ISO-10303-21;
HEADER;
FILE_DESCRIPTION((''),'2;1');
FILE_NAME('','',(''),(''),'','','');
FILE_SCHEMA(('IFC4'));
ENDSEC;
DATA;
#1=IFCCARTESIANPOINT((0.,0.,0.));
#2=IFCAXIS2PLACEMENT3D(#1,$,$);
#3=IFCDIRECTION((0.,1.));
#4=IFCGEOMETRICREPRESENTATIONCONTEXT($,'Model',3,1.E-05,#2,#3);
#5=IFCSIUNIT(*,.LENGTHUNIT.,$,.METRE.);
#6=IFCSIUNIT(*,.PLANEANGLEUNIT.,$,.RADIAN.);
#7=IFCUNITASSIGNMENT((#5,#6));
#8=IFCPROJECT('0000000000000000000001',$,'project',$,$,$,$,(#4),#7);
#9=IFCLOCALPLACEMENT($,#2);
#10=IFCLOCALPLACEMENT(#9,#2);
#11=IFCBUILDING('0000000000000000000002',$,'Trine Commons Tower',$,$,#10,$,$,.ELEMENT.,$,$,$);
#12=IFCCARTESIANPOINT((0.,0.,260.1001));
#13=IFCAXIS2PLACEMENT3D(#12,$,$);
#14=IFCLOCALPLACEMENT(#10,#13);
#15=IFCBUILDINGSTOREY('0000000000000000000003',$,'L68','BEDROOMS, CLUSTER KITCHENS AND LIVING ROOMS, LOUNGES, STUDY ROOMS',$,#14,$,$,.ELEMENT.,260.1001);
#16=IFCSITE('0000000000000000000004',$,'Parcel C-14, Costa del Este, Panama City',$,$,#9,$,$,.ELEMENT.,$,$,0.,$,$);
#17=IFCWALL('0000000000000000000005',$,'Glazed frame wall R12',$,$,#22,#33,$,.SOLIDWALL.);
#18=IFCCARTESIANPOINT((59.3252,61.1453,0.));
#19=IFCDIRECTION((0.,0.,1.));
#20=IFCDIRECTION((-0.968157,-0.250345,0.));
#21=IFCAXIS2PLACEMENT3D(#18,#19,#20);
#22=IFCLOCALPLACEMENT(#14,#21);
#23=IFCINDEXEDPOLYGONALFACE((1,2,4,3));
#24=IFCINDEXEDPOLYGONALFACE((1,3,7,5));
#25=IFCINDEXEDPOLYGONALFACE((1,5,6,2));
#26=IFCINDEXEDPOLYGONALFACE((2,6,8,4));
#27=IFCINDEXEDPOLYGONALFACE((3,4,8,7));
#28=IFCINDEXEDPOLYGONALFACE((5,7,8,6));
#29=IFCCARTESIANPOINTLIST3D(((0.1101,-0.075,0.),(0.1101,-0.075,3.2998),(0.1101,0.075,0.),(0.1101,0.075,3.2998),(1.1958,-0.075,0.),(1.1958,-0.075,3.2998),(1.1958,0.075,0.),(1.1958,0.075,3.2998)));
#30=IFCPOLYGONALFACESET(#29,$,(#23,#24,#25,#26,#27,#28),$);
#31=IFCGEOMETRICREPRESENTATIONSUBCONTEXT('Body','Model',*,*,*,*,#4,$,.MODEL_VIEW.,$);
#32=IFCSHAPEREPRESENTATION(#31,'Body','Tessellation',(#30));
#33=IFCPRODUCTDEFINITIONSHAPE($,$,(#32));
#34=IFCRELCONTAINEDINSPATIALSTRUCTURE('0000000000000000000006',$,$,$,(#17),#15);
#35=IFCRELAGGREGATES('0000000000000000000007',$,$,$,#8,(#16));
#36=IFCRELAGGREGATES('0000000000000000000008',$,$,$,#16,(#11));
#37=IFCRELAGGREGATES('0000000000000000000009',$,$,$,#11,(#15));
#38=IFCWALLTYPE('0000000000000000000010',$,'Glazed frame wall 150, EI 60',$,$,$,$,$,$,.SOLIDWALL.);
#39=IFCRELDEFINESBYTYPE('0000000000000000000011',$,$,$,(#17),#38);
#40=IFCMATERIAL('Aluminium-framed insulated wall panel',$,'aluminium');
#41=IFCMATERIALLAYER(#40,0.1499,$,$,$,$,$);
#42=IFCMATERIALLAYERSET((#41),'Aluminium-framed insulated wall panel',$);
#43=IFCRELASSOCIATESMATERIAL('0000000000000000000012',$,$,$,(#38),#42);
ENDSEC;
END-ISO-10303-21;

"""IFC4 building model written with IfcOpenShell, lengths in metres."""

from ifc_helpers import new_model, si_unit, direction, frame, origin, place, context, subcontext, project, spatial, polyline, outline, extrude, material, layer, layer_set, type_object, element, save


model = new_model("IFC4")

# Units and contexts
model_context = context("Model", 3, precision=1e-05, world=origin(), true_north=direction((0.0, 1.0)))
body_context = subcontext(model_context, "Body", "Model", "MODEL_VIEW")
ifc_project = project(units=[si_unit("LENGTHUNIT", "METRE"), si_unit("PLANEANGLEUNIT", "RADIAN")], contexts=[model_context])

# Site, building, storey
site_placement = place(None, origin())
site = spatial("IfcSite", under=ifc_project, at=site_placement, Name="Parcel C-14, Costa del Este, Panama City", CompositionType="ELEMENT", RefElevation=0.0)
building_placement = place(site_placement, origin())
building = spatial("IfcBuilding", under=site, at=building_placement, Name="Trine Commons Tower", CompositionType="ELEMENT")
storey_placement = place(building_placement, frame((0.0, 0.0, 260.1001)))
storey = spatial("IfcBuildingStorey", under=building, at=storey_placement, Name="L68", Description="BEDROOMS, CLUSTER KITCHENS AND LIVING ROOMS, LOUNGES, STUDY ROOMS", CompositionType="ELEMENT", Elevation=260.1001)

# Shared definitions
ifc_material_1 = material(Name="Aluminium-framed insulated wall panel", Category="aluminium")
ifc_layer_1 = layer(ifc_material_1, 0.1499)
ifc_layer_set_1 = layer_set([ifc_layer_1], Name="Aluminium-framed insulated wall panel")
wall_type_1 = type_object("IfcWallType", Name="Glazed frame wall 150, EI 60", PredefinedType="SOLIDWALL", material=ifc_layer_set_1)

# Wall
wall_1_placement = place(storey_placement, frame((59.3252, 61.1453, 0.0), z_axis=(0.0, 0.0, 1.0), x_axis=(-0.968157, -0.250345, 0.0)))
element("IfcWall", 1, at=wall_1_placement, inside=storey, type_object=wall_type_1, Name="Glazed frame wall R12", PredefinedType="SOLIDWALL", context=body_context, shape_type="SweptSolid", body=[
    extrude(outline(polyline([(0.1101, 0.075), (0.1101, -0.075), (1.1958, -0.075), (1.1958, 0.075), (0.1101, 0.075)])), origin(), (0.0, 0.0, 1.0), 3.2998),
])

save(model, "model.ifc")
